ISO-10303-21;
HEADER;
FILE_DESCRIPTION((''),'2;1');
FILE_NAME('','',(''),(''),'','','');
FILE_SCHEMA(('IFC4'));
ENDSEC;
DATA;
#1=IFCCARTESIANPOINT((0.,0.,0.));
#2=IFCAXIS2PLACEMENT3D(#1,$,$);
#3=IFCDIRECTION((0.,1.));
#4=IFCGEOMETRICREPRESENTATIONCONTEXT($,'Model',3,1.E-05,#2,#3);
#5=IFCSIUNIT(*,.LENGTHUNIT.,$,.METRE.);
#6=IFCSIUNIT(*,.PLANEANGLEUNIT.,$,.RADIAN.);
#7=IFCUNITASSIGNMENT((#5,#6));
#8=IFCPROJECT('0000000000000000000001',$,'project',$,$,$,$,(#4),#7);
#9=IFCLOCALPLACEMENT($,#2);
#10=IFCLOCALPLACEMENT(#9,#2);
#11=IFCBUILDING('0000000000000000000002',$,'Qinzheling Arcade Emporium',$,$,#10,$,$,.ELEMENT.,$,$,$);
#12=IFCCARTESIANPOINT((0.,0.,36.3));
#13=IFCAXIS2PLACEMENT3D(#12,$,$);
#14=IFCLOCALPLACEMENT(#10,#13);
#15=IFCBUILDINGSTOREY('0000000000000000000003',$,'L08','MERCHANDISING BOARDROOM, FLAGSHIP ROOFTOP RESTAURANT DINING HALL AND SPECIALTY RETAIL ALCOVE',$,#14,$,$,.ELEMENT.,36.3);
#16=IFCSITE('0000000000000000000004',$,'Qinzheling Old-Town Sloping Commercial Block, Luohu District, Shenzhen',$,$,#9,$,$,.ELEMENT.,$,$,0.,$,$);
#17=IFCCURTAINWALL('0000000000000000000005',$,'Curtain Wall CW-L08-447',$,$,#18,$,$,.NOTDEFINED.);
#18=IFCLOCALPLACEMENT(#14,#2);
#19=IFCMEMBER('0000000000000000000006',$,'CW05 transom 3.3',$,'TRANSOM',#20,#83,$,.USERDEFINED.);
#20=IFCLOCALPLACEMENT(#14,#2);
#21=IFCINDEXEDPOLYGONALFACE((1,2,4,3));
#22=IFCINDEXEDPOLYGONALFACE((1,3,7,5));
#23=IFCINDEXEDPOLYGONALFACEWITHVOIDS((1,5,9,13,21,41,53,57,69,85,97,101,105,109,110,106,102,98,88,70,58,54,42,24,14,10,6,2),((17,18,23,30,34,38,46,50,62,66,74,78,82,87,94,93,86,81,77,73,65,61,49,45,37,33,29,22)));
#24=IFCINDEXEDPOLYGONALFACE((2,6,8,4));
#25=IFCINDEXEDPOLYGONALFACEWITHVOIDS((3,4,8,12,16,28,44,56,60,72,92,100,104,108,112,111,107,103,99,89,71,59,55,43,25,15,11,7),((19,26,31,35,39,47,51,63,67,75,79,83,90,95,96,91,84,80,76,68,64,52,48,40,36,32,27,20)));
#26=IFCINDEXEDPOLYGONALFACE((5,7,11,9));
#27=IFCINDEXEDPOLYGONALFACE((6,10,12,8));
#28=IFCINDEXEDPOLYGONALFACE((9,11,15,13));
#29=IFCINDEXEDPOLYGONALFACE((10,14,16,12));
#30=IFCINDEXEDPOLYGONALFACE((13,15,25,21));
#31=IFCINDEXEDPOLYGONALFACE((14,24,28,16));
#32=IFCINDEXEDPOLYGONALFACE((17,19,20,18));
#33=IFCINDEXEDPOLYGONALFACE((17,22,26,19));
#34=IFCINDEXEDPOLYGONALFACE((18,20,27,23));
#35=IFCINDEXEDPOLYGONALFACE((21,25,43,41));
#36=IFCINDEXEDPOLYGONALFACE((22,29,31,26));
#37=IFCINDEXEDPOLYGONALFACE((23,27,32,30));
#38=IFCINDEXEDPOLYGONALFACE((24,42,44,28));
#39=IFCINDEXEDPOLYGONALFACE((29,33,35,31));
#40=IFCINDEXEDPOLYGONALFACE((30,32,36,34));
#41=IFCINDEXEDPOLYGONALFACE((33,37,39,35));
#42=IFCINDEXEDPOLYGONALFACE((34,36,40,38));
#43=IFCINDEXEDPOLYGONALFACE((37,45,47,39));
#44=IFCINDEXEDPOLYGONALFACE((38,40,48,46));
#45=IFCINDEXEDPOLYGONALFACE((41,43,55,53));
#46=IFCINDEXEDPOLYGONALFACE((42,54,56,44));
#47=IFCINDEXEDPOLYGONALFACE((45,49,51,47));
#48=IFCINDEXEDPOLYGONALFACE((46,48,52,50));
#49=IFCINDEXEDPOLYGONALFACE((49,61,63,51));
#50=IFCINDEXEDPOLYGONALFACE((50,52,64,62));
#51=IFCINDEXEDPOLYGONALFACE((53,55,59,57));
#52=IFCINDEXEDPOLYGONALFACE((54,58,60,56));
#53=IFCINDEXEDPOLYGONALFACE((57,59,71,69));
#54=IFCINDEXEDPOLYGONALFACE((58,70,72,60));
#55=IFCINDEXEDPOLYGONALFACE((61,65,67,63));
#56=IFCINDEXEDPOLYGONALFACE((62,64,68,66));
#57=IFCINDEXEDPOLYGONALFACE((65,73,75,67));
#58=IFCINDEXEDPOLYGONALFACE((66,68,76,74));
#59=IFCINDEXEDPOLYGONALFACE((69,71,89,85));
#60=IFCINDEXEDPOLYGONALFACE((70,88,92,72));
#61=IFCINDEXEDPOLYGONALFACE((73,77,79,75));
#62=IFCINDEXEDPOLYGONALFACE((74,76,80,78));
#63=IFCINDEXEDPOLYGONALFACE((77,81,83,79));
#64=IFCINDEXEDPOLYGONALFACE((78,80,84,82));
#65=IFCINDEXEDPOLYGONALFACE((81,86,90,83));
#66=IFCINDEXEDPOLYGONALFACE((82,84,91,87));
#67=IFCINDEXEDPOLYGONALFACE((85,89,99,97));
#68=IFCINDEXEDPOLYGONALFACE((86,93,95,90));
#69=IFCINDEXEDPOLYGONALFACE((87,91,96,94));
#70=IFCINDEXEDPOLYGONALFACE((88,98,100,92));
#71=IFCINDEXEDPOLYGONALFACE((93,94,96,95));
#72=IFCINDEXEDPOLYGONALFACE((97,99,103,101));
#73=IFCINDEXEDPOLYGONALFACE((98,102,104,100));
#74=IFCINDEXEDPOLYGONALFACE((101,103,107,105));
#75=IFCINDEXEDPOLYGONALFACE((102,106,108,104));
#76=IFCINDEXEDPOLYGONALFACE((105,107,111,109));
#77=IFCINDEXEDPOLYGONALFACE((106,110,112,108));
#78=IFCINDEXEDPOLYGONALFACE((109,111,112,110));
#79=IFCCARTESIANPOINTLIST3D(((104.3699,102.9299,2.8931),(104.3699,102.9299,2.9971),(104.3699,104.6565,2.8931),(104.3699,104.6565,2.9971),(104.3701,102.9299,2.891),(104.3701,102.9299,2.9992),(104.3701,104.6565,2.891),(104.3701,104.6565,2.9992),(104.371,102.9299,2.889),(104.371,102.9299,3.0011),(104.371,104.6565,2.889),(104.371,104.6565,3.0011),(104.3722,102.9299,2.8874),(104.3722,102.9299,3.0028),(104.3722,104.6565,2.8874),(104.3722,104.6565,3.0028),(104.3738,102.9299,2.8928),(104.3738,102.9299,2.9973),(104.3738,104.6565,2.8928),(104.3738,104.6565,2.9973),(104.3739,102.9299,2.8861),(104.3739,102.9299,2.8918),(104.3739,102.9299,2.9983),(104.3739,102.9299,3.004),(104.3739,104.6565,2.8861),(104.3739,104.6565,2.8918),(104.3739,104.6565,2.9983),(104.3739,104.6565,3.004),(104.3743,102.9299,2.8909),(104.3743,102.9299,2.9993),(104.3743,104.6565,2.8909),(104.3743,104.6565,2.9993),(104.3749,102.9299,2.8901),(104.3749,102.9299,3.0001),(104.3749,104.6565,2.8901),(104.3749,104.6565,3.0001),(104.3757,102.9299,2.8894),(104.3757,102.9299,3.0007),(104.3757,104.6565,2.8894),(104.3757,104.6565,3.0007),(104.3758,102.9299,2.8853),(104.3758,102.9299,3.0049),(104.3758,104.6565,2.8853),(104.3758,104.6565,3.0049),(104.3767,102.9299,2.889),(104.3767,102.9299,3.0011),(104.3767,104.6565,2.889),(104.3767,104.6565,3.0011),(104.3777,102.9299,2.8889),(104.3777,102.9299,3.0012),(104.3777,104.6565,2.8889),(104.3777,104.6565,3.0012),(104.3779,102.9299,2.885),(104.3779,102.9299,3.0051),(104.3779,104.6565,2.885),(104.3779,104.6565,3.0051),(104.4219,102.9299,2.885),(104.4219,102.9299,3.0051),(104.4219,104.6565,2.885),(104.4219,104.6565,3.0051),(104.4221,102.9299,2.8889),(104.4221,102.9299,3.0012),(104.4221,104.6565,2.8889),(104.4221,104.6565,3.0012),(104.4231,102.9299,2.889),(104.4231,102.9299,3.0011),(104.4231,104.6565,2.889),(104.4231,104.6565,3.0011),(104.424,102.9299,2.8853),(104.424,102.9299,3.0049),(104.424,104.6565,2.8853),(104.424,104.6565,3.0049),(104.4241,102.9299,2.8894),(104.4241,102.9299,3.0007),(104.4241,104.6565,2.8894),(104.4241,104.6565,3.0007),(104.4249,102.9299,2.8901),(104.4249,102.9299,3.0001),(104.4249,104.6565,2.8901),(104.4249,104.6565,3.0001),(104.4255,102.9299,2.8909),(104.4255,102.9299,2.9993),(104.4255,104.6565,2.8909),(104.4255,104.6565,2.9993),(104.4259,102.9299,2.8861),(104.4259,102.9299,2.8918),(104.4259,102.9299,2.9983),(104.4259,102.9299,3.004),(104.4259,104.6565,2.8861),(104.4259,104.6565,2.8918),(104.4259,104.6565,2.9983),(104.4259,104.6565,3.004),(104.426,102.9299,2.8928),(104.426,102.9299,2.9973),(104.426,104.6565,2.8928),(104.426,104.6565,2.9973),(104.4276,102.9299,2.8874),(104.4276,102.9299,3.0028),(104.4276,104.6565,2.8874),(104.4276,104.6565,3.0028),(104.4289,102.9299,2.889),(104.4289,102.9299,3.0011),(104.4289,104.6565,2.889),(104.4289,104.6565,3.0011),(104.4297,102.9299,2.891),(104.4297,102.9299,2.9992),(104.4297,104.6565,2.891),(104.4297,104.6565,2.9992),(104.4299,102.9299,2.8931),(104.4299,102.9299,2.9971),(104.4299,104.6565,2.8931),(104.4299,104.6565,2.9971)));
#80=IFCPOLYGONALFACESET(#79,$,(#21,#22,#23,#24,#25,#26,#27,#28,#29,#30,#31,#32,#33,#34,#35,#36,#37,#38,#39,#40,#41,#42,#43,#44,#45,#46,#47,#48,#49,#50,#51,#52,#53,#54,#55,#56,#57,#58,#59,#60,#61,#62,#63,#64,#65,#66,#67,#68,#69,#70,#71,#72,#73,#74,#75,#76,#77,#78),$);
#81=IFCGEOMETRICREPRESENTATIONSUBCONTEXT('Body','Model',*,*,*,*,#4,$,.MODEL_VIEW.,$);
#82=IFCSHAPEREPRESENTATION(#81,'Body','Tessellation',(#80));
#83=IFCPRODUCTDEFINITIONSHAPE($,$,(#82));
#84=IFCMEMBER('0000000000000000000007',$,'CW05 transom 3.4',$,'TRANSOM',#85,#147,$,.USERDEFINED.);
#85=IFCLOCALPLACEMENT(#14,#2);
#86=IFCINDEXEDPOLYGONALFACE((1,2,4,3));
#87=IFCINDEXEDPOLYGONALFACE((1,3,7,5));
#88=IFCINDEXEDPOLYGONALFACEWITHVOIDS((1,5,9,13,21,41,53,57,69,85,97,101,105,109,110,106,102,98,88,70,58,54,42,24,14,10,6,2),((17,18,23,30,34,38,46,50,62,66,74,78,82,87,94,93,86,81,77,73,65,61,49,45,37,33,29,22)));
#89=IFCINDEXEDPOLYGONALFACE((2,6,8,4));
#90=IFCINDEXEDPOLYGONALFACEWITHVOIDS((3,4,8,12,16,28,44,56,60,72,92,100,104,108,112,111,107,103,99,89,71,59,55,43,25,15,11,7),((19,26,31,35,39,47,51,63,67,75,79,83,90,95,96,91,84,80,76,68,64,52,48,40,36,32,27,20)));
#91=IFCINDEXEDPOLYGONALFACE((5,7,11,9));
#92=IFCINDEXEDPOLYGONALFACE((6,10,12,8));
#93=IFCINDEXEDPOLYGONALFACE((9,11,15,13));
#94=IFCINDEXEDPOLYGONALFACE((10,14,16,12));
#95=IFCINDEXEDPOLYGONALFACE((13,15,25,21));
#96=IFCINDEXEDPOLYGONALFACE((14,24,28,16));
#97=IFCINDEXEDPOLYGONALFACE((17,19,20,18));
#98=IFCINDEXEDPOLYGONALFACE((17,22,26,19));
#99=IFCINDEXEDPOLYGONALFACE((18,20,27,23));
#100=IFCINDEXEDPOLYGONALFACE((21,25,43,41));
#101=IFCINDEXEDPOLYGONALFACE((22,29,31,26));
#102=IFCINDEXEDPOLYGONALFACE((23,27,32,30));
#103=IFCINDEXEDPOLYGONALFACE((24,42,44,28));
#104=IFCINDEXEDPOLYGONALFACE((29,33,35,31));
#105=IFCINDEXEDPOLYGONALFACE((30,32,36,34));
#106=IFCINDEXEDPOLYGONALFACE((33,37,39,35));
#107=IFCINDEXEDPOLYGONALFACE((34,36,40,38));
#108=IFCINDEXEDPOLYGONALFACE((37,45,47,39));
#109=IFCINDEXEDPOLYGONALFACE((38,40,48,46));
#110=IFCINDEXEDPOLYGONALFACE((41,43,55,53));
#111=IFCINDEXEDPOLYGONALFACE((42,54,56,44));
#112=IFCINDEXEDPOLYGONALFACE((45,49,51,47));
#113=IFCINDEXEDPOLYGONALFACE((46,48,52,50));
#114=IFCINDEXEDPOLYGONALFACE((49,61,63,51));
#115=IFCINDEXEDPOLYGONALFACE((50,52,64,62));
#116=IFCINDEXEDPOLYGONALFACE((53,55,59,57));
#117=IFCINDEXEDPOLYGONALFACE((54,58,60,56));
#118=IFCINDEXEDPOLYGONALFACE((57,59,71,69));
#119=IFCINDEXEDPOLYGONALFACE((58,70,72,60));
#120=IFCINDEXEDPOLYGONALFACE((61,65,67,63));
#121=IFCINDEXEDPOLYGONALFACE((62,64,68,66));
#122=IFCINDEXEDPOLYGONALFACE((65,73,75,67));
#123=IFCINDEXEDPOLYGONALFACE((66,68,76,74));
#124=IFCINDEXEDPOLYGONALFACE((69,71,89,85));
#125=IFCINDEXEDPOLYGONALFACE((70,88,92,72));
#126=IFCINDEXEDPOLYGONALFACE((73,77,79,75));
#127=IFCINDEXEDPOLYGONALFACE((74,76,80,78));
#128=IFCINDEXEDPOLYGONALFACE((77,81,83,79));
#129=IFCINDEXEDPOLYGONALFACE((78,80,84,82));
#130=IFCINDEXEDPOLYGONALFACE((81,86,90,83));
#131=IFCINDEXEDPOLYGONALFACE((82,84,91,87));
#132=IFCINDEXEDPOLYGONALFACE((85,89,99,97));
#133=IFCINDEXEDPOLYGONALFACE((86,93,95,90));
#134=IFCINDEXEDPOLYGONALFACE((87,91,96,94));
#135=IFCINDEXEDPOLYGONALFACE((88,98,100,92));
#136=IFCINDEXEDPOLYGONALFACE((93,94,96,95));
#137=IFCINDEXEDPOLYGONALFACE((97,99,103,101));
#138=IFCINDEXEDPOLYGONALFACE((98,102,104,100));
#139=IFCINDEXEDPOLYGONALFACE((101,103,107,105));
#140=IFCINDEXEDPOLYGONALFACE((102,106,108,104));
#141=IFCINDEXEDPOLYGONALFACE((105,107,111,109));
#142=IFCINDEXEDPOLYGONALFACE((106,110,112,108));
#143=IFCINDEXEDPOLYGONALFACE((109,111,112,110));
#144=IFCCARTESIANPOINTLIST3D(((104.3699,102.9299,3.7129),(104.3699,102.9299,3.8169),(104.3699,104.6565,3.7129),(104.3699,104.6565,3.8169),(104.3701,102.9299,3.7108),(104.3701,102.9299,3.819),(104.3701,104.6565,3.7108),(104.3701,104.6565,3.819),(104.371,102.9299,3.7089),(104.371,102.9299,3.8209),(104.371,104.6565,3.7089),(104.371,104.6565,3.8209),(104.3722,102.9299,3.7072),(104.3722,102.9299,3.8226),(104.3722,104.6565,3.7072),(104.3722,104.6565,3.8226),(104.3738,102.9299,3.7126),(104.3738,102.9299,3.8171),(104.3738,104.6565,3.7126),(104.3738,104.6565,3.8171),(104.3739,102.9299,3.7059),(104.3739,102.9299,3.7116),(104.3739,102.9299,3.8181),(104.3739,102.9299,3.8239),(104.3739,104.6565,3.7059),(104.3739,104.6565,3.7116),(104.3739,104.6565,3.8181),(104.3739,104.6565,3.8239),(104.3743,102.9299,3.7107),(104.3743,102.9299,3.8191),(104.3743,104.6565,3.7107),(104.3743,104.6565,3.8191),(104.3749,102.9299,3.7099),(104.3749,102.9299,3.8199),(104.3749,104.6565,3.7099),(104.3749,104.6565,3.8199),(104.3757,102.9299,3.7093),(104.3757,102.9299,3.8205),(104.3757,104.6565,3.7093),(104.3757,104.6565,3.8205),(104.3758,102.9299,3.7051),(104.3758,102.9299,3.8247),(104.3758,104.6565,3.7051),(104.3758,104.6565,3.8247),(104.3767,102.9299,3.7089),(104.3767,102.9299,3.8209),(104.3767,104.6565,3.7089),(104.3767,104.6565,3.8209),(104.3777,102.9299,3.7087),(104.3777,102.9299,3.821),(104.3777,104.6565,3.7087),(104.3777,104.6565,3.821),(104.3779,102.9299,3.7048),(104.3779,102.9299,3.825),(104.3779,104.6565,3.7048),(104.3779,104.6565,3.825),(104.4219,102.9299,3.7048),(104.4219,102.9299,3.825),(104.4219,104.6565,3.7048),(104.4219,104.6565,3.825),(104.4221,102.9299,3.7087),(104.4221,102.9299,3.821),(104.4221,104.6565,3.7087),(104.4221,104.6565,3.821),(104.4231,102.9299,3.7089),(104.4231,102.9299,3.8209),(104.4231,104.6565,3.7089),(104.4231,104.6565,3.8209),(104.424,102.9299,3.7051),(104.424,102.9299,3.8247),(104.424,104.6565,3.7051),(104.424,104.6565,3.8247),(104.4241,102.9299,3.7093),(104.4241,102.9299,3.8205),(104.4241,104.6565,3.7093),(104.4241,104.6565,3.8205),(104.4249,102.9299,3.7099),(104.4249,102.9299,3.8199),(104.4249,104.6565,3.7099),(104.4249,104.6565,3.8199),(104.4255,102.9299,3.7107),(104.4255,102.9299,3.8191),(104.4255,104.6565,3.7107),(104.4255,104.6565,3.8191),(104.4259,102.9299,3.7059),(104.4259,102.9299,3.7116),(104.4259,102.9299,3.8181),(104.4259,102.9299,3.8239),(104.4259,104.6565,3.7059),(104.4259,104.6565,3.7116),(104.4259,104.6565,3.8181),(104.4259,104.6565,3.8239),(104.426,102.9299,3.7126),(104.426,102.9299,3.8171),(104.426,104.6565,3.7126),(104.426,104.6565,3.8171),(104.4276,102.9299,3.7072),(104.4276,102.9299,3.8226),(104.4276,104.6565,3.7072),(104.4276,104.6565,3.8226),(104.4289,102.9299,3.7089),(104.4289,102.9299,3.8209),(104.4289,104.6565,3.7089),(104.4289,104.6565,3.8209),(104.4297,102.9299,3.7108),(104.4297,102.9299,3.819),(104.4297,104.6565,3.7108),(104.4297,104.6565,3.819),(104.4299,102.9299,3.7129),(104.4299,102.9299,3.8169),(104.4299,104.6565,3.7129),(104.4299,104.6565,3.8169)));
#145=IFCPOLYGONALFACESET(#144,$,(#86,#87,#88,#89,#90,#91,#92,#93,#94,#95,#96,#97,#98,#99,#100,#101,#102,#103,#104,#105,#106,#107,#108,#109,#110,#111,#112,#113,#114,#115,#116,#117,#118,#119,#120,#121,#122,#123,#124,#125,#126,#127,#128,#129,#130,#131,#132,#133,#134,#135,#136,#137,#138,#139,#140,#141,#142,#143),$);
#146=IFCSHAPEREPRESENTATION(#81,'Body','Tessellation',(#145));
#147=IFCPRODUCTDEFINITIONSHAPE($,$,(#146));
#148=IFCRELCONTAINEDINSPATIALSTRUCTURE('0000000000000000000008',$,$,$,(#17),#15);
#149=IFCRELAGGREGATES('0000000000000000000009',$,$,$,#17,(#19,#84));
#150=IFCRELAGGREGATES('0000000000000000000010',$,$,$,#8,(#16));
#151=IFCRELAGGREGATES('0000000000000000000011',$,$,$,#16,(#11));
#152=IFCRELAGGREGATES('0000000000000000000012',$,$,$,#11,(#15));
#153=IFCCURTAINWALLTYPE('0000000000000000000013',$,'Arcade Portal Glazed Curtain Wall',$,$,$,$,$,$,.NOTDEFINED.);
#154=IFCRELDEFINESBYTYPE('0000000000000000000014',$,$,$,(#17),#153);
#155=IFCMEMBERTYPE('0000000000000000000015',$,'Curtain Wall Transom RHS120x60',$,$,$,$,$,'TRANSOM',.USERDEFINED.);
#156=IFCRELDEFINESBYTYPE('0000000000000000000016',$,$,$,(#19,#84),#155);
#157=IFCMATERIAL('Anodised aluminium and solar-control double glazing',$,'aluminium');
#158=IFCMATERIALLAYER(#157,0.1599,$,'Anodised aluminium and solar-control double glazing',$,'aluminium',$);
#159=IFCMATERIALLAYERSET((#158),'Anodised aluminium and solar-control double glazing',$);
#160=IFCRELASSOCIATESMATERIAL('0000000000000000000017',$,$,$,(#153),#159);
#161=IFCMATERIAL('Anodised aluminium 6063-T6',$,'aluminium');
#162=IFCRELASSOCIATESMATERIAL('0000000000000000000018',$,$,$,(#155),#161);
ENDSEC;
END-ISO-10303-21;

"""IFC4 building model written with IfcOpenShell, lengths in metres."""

from ifc_helpers import new_model, si_unit, direction, frame, origin, origin_2d, place, context, subcontext, project, spatial, hollow_rectangle, extrude, material, layer, layer_set, material_profile, profile_set, type_object, element, aggregate, save


model = new_model("IFC4")

# Units and contexts
model_context = context("Model", 3, precision=1e-05, world=origin(), true_north=direction((0.0, 1.0)))
body_context = subcontext(model_context, "Body", "Model", "MODEL_VIEW")
ifc_project = project(units=[si_unit("LENGTHUNIT", "METRE"), si_unit("PLANEANGLEUNIT", "RADIAN")], contexts=[model_context])

# Site, building, storey
site_placement = place(None, origin())
site = spatial("IfcSite", under=ifc_project, at=site_placement, Name="Qinzheling Old-Town Sloping Commercial Block, Luohu District, Shenzhen", CompositionType="ELEMENT", RefElevation=0.0)
building_placement = place(site_placement, origin())
building = spatial("IfcBuilding", under=site, at=building_placement, Name="Qinzheling Arcade Emporium", CompositionType="ELEMENT")
storey_placement = place(building_placement, frame((0.0, 0.0, 36.3)))
storey = spatial("IfcBuildingStorey", under=building, at=storey_placement, Name="L08", Description="MERCHANDISING BOARDROOM, FLAGSHIP ROOFTOP RESTAURANT DINING HALL AND SPECIALTY RETAIL ALCOVE", CompositionType="ELEMENT", Elevation=36.3)

# Curtain wall, members
ifc_material_1 = material(Name="Anodised aluminium and solar-control double glazing", Category="aluminium")
ifc_layer_1 = layer(ifc_material_1, 0.1599, Name="Anodised aluminium and solar-control double glazing", Category="aluminium")
ifc_layer_set_1 = layer_set([ifc_layer_1], Name="Anodised aluminium and solar-control double glazing")
curtain_wall_type = type_object("IfcCurtainWallType", Name="Arcade Portal Glazed Curtain Wall", PredefinedType="NOTDEFINED", material=ifc_layer_set_1)
curtain_wall_placement = place(storey_placement, origin())
curtain_wall = element("IfcCurtainWall", 1, at=curtain_wall_placement, inside=storey, type_object=curtain_wall_type, Name="Curtain Wall CW-L08-447", PredefinedType="NOTDEFINED")
ifc_material_2 = material(Name="Anodised aluminium 6063-T6", Category="aluminium")
ifc_material_profile_1 = material_profile(ifc_material_2, hollow_rectangle(XDim=0.0601, YDim=0.1201, WallThickness=0.0039, InnerFilletRadius=0.0039, OuterFilletRadius=0.0081, at=origin_2d()), Name="RHS 120x60x4", Category="aluminium")
ifc_profile_set_1 = profile_set([ifc_material_profile_1], Name="Anodised aluminium 6063-T6")
member_type_1 = type_object("IfcMemberType", Name="Curtain Wall Transom RHS120x60", ElementType="TRANSOM", PredefinedType="USERDEFINED", material=ifc_profile_set_1)
member_1_placement = place(storey_placement, frame((104.3999, 102.9299, 2.9451), z_axis=(0.0, 1.0, 0.0), x_axis=(-1.0, 0.0, 0.0)))
member_1 = element("IfcMember", 2, at=member_1_placement, type_object=member_type_1, Name="CW05 transom 3.3", ObjectType="TRANSOM", PredefinedType="USERDEFINED", context=body_context, shape_type="SweptSolid", body=[
    extrude(hollow_rectangle(XDim=0.0601, YDim=0.1201, WallThickness=0.0039, InnerFilletRadius=0.0039, OuterFilletRadius=0.0081, at=origin_2d()), origin(), (0.0, 0.0, 1.0), 1.7266),
])
member_2_placement = place(storey_placement, frame((104.3999, 102.9299, 3.7649), z_axis=(0.0, 1.0, 0.0), x_axis=(-1.0, 0.0, 0.0)))
member_2 = element("IfcMember", 3, at=member_2_placement, type_object=member_type_1, Name="CW05 transom 3.4", ObjectType="TRANSOM", PredefinedType="USERDEFINED", context=body_context, shape_type="SweptSolid", body=[
    extrude(hollow_rectangle(XDim=0.0601, YDim=0.1201, WallThickness=0.0039, InnerFilletRadius=0.0039, OuterFilletRadius=0.0081, at=origin_2d()), origin(), (0.0, 0.0, 1.0), 1.7266),
])

aggregate(curtain_wall, [member_1, member_2])

save(model, "model.ifc")
